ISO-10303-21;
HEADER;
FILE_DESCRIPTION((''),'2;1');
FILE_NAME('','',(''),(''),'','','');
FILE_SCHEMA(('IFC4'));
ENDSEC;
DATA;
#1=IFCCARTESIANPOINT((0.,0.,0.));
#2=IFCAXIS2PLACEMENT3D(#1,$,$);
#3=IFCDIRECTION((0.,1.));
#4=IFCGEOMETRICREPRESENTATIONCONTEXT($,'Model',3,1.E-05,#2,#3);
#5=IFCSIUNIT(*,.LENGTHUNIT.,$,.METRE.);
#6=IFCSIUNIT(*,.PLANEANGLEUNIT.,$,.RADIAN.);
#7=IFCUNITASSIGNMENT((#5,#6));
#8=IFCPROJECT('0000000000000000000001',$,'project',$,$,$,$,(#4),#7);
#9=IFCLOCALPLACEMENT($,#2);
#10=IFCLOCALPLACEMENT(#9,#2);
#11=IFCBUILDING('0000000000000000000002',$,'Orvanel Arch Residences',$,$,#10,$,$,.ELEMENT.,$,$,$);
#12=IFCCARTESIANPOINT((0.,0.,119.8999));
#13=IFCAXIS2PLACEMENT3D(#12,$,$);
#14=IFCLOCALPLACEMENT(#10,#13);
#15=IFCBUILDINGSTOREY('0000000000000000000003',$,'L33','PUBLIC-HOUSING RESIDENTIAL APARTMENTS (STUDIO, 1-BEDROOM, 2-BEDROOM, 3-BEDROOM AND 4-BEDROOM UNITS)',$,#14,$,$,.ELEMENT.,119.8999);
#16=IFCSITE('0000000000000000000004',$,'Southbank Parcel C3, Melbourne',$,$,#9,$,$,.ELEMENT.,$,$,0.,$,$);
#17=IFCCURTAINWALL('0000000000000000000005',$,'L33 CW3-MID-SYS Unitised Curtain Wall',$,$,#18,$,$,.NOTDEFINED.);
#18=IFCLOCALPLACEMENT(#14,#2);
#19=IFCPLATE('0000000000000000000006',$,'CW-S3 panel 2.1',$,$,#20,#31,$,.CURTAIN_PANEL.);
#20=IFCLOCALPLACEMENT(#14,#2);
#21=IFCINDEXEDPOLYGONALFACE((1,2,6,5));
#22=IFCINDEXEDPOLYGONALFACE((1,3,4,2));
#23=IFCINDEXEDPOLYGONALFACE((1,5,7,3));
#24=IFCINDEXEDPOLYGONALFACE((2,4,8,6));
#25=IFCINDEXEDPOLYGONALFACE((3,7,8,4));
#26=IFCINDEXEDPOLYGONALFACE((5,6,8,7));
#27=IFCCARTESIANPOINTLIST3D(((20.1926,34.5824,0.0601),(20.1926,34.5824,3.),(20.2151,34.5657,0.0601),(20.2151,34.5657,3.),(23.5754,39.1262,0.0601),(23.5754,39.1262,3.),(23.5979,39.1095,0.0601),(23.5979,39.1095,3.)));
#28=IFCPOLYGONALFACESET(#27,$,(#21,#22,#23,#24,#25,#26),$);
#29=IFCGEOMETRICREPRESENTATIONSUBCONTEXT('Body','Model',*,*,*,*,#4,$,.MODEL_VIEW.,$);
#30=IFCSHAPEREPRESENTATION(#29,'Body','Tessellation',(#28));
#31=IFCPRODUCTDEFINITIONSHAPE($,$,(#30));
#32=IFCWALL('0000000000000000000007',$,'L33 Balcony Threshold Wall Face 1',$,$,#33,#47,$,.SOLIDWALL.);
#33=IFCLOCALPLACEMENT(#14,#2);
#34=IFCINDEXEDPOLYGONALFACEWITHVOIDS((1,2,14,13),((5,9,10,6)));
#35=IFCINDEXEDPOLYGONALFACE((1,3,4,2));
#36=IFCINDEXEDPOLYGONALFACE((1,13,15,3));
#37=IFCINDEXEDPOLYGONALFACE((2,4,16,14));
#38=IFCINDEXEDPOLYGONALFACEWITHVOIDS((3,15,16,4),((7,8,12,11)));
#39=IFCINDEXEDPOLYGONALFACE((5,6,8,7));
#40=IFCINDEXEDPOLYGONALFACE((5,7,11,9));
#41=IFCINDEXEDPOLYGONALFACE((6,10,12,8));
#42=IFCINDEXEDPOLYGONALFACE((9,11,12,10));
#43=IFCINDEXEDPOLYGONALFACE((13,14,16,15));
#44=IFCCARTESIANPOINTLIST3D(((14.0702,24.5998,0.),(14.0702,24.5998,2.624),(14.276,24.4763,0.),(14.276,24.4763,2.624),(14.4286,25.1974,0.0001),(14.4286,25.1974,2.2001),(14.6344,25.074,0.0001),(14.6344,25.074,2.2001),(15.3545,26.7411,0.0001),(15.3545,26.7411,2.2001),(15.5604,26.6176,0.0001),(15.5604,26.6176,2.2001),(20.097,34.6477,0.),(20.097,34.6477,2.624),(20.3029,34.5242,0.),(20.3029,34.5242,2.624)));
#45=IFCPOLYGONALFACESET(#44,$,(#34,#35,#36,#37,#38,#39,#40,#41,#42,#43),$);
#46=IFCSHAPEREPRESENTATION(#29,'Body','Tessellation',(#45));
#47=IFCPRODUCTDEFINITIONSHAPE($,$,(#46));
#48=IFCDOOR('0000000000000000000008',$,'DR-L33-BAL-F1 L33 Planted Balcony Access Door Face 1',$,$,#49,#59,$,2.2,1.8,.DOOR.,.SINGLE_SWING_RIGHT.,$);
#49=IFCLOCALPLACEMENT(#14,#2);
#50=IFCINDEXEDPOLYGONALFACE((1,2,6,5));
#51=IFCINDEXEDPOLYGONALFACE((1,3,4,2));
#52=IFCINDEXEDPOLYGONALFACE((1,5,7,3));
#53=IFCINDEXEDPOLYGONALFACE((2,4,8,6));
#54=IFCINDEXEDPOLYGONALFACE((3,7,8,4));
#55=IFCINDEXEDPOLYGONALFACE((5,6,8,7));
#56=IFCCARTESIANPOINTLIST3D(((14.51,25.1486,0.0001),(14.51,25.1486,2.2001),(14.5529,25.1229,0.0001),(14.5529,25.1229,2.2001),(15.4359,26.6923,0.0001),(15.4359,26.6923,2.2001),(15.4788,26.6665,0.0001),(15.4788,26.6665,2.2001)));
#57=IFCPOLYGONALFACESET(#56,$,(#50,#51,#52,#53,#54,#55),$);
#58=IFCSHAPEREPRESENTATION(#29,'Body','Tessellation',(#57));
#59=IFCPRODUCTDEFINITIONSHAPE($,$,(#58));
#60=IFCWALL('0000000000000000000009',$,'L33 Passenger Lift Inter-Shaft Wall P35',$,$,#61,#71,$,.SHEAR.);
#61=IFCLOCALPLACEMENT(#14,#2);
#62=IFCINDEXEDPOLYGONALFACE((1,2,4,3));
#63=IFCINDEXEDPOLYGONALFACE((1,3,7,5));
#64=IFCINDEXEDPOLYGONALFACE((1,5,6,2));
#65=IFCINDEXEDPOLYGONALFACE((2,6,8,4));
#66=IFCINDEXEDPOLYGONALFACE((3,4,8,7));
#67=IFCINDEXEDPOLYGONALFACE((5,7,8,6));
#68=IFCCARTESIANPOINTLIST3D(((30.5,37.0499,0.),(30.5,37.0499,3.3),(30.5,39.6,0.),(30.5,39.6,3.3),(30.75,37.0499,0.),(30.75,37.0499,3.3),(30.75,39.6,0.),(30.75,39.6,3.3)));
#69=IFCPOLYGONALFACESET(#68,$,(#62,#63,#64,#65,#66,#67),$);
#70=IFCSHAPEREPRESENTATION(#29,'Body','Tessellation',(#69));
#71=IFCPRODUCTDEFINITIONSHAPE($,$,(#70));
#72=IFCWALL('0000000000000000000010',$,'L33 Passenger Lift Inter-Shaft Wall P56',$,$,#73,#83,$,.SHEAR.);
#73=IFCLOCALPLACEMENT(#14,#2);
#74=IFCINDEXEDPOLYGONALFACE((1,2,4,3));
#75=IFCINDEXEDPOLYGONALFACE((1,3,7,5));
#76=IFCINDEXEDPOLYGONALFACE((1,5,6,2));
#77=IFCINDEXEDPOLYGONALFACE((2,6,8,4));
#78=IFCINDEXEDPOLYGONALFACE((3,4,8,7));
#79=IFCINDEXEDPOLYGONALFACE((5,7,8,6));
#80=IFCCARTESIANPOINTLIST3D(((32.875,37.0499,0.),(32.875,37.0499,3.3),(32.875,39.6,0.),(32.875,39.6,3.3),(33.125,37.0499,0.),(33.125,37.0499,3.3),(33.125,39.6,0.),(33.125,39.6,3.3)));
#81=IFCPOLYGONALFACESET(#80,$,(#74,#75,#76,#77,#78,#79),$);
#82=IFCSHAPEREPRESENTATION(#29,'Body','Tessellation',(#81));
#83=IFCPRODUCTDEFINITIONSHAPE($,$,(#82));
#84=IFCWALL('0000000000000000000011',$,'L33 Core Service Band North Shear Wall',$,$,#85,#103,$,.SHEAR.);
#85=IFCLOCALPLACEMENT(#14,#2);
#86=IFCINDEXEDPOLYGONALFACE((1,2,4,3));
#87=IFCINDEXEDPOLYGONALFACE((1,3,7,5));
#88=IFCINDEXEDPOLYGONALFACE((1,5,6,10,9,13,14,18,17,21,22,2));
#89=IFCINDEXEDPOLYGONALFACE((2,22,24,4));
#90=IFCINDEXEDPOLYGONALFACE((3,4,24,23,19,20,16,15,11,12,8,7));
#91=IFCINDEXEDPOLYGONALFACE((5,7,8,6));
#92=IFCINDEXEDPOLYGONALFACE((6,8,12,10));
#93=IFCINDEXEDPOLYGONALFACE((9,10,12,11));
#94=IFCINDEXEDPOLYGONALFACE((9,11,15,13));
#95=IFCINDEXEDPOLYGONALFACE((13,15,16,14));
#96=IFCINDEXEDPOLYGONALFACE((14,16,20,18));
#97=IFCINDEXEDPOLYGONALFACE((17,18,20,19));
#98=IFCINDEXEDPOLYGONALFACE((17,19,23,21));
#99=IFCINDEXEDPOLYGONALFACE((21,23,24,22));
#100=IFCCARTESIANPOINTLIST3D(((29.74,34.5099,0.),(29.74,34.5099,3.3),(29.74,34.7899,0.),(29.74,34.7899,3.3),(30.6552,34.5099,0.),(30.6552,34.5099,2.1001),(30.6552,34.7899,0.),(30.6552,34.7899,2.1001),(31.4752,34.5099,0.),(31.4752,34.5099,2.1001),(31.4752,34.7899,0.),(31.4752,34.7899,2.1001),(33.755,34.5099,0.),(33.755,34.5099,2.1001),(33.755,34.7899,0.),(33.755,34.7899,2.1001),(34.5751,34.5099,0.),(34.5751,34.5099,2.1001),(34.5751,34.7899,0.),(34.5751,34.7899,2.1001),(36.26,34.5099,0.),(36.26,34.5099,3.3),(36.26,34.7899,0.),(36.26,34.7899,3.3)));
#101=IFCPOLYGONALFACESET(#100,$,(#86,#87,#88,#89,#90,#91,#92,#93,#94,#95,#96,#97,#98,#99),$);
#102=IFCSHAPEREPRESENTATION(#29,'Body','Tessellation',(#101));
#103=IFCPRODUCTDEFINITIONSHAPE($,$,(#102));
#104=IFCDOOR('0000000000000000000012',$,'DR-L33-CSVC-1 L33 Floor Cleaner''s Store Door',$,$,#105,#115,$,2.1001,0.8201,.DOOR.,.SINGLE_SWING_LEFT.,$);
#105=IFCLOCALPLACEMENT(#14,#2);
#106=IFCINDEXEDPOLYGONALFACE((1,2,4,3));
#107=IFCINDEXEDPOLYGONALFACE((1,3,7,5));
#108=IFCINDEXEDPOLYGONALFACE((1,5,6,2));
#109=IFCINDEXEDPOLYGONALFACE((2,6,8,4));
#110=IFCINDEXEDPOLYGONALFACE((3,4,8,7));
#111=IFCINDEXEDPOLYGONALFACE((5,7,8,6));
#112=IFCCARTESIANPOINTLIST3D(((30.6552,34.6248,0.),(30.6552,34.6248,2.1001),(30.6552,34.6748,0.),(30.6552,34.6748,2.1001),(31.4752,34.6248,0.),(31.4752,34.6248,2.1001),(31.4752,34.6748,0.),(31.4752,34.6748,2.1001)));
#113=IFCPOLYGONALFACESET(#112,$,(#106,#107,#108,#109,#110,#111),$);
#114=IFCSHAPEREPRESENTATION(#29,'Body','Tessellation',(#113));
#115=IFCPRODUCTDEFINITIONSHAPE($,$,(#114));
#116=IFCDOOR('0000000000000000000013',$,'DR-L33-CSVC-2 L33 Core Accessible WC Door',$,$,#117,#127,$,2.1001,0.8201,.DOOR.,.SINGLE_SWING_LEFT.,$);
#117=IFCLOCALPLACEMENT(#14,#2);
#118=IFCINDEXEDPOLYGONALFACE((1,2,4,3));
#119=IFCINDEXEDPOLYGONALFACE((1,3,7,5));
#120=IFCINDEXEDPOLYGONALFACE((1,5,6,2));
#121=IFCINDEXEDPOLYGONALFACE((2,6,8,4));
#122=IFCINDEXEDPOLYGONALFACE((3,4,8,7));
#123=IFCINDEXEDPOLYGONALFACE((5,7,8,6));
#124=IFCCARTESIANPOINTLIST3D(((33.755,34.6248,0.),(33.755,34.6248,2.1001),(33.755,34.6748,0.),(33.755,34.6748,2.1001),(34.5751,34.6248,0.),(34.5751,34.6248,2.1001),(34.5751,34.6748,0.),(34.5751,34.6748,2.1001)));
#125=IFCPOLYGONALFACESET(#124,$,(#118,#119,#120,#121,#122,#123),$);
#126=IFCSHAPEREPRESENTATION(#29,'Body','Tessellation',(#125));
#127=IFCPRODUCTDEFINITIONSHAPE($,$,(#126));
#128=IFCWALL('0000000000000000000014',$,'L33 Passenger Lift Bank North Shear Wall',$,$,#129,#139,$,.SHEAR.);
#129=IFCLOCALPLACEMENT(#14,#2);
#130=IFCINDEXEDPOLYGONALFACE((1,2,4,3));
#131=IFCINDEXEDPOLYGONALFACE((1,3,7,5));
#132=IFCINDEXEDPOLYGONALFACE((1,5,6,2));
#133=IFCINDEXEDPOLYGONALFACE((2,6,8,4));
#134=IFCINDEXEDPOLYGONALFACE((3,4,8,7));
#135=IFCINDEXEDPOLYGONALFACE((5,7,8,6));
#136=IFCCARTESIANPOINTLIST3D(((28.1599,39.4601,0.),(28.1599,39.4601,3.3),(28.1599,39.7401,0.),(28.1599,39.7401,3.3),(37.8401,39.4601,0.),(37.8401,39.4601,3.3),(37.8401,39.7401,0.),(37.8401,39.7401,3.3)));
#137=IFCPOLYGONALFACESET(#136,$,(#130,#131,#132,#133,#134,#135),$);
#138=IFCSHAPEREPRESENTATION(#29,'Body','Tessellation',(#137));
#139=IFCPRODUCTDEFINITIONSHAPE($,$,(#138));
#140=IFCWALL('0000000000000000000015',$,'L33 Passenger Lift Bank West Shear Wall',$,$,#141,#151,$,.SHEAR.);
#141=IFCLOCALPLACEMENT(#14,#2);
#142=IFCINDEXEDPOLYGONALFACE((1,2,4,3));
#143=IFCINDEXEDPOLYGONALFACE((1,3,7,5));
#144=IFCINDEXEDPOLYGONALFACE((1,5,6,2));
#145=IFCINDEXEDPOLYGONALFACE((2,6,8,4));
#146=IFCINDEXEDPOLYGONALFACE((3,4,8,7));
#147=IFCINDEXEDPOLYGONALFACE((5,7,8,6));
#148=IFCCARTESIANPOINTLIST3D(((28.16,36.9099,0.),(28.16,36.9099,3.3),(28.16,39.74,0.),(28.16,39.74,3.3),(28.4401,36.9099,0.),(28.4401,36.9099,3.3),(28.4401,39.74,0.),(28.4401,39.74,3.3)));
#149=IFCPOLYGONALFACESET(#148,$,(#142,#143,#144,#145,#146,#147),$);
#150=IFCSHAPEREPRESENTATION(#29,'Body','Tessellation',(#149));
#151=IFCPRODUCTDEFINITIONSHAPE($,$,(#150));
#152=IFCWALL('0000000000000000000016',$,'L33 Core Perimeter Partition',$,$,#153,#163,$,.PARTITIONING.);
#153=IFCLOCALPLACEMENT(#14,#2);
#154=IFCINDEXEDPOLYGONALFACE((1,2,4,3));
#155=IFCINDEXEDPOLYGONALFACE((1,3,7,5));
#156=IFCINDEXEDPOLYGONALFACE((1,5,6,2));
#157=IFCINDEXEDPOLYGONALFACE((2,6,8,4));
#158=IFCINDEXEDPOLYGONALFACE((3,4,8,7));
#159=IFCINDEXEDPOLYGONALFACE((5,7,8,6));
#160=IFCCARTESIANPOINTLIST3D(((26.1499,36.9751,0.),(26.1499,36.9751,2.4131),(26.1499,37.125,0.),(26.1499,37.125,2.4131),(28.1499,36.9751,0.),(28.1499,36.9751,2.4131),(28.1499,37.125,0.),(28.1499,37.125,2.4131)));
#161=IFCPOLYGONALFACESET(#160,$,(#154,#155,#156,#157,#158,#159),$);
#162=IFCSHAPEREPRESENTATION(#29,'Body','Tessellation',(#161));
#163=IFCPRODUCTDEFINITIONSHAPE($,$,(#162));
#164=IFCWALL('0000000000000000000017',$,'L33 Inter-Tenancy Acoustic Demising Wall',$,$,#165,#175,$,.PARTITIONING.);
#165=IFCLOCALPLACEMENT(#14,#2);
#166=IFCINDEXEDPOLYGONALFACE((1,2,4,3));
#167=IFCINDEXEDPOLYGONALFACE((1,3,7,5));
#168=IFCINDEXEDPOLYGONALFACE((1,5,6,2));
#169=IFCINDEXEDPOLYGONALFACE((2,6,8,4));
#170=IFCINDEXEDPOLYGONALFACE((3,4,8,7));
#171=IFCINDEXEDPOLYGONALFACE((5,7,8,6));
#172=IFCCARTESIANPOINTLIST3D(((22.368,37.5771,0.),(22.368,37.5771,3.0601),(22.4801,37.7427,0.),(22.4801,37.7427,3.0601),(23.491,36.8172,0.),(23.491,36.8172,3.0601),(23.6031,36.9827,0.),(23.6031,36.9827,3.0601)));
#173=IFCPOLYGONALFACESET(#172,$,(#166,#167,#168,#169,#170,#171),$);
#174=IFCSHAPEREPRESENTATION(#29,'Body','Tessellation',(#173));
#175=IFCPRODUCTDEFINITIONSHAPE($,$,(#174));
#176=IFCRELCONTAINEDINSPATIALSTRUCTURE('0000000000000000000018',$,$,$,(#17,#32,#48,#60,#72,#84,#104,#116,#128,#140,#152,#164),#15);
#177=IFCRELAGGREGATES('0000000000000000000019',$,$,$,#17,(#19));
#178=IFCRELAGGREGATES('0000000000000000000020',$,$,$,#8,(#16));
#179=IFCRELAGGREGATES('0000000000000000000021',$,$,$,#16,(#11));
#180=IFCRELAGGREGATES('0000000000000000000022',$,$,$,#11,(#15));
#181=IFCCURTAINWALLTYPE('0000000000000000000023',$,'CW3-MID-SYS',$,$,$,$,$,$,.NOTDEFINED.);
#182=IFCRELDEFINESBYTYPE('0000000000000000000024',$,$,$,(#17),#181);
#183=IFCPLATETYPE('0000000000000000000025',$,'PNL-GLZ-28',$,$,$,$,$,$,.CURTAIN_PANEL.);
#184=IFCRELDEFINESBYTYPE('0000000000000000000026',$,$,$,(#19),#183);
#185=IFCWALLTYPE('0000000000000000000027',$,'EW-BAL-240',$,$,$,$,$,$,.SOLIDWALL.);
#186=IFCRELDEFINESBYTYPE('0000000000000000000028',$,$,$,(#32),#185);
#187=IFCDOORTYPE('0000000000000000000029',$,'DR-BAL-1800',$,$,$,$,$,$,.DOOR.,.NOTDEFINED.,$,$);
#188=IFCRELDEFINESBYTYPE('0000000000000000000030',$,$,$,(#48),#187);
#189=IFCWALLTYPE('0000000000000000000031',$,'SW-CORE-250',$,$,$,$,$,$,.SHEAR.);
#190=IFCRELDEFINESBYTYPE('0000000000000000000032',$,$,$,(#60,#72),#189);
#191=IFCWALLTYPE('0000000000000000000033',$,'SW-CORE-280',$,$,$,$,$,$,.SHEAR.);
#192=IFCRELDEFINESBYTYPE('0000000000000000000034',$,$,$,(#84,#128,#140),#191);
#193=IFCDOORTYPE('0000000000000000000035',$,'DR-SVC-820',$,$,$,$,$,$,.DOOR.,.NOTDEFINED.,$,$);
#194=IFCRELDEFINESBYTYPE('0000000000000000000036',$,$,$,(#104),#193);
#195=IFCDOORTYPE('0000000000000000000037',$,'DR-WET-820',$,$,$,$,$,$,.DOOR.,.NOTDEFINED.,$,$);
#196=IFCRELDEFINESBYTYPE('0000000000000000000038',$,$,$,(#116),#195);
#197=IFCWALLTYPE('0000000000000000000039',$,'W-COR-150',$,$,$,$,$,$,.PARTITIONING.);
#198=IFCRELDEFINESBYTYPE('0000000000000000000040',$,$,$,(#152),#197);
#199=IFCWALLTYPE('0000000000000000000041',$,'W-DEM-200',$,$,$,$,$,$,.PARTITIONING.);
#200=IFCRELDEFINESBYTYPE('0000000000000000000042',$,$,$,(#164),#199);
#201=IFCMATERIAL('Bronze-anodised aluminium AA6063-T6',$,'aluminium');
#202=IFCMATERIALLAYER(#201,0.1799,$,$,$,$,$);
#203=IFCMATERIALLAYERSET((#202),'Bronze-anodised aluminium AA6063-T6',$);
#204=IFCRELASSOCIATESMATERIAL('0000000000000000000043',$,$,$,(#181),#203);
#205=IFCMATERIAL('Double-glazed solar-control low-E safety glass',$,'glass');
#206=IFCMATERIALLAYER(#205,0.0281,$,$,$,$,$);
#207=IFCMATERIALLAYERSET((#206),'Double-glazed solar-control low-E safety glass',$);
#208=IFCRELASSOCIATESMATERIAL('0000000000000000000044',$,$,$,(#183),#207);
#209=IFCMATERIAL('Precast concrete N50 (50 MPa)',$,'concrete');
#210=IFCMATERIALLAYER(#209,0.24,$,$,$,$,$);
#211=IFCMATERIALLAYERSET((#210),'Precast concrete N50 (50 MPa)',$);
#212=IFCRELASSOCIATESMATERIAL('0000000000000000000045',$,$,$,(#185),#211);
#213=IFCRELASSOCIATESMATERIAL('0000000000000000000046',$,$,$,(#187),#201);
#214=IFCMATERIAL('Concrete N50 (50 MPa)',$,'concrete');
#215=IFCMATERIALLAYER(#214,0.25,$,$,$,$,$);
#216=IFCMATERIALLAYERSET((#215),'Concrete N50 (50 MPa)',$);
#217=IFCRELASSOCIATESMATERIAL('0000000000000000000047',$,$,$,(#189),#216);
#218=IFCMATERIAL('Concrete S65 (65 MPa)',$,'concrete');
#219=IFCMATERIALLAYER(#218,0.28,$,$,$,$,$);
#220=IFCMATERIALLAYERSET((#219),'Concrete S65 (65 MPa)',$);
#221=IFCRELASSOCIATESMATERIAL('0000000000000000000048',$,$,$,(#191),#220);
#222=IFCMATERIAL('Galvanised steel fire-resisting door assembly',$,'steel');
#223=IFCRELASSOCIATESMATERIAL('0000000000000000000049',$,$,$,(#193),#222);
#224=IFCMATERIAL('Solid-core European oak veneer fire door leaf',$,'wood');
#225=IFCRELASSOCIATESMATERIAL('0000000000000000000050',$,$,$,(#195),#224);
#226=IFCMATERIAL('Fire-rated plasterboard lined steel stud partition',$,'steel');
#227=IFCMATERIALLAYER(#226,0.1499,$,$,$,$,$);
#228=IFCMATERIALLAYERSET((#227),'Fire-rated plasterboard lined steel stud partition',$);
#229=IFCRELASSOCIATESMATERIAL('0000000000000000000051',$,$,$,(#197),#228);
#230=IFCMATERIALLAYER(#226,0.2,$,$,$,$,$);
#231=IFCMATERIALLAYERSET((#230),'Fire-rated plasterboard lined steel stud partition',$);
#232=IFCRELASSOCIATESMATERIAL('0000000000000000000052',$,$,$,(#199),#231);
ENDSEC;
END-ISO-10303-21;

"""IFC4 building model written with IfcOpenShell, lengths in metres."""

from ifc_helpers import new_model, si_unit, direction, frame, frame_2d, origin, origin_2d, place, context, subcontext, project, spatial, rectangle, extrude, material, layer, layer_set, type_object, element, fill, aggregate, save


model = new_model("IFC4")

# Units and contexts
model_context = context("Model", 3, precision=1e-05, world=origin(), true_north=direction((0.0, 1.0)))
body_context = subcontext(model_context, "Body", "Model", "MODEL_VIEW")
ifc_project = project(units=[si_unit("LENGTHUNIT", "METRE"), si_unit("PLANEANGLEUNIT", "RADIAN")], contexts=[model_context])

# Site, building, storey
site_placement = place(None, origin())
site = spatial("IfcSite", under=ifc_project, at=site_placement, Name="Southbank Parcel C3, Melbourne", CompositionType="ELEMENT", RefElevation=0.0)
building_placement = place(site_placement, origin())
building = spatial("IfcBuilding", under=site, at=building_placement, Name="Orvanel Arch Residences", CompositionType="ELEMENT")
storey_placement = place(building_placement, frame((0.0, 0.0, 119.8999)))
storey = spatial("IfcBuildingStorey", under=building, at=storey_placement, Name="L33", Description="PUBLIC-HOUSING RESIDENTIAL APARTMENTS (STUDIO, 1-BEDROOM, 2-BEDROOM, 3-BEDROOM AND 4-BEDROOM UNITS)", CompositionType="ELEMENT", Elevation=119.8999)

# Shared definitions
ifc_material_1 = material(Name="Concrete S65 (65 MPa)", Category="concrete")

# Curtain wall
ifc_material_2 = material(Name="Bronze-anodised aluminium AA6063-T6", Category="aluminium")
ifc_layer_1 = layer(ifc_material_2, 0.1799)
ifc_layer_set_1 = layer_set([ifc_layer_1], Name="Bronze-anodised aluminium AA6063-T6")
curtain_wall_type = type_object("IfcCurtainWallType", Name="CW3-MID-SYS", PredefinedType="NOTDEFINED", material=ifc_layer_set_1)
curtain_wall_placement = place(storey_placement, origin())
curtain_wall = element("IfcCurtainWall", 1, at=curtain_wall_placement, inside=storey, type_object=curtain_wall_type, Name="L33 CW3-MID-SYS Unitised Curtain Wall", PredefinedType="NOTDEFINED")

# Plate
ifc_material_3 = material(Name="Double-glazed solar-control low-E safety glass", Category="glass")
ifc_layer_2 = layer(ifc_material_3, 0.0281)
ifc_layer_set_2 = layer_set([ifc_layer_2], Name="Double-glazed solar-control low-E safety glass")
plate_type = type_object("IfcPlateType", Name="PNL-GLZ-28", PredefinedType="CURTAIN_PANEL", material=ifc_layer_set_2)
plate_placement = place(storey_placement, frame((21.8953, 36.8459, 0.0601), z_axis=(0.0, 0.0, 1.0), x_axis=(-0.597168, -0.802116, 0.0)))
plate = element("IfcPlate", 2, at=plate_placement, type_object=plate_type, Name="CW-S3 panel 2.1", PredefinedType="CURTAIN_PANEL", context=body_context, shape_type="SweptSolid", body=[
    extrude(rectangle(XDim=5.6648, YDim=0.0281, at=origin_2d()), origin(), (0.0, 0.0, 1.0), 2.9399),
])
aggregate(curtain_wall, [plate])

# Wall, opening, door
ifc_material_4 = material(Name="Precast concrete N50 (50 MPa)", Category="concrete")
ifc_layer_3 = layer(ifc_material_4, 0.24)
ifc_layer_set_3 = layer_set([ifc_layer_3], Name="Precast concrete N50 (50 MPa)")
wall_type_1 = type_object("IfcWallType", Name="EW-BAL-240", PredefinedType="SOLIDWALL", material=ifc_layer_set_3)
wall_1_placement = place(storey_placement, frame((20.2, 34.5859, 0.0), z_axis=(0.0, 0.0, 1.0), x_axis=(-0.514379, -0.857563, 0.0)))
wall_1 = element("IfcWall", 3, at=wall_1_placement, inside=storey, type_object=wall_type_1, Name="L33 Balcony Threshold Wall Face 1", PredefinedType="SOLIDWALL", context=body_context, shape_type="SweptSolid", body=[
    extrude(rectangle(XDim=11.7168, YDim=0.24, at=frame_2d((5.8584, 0.0))), origin(), (0.0, 0.0, 1.0), 2.624),
])
opening_1_placement = place(wall_1_placement, frame((9.22, 0.0, 0.0)))
opening_1 = element("IfcOpeningElement", 4, at=opening_1_placement, cuts=wall_1, PredefinedType="OPENING", context=body_context, shape_type="SweptSolid", body=[
    extrude(rectangle(XDim=1.8, YDim=2.2, at=frame_2d((0.8999, 1.1001))), frame((0.0, 0.1299, 0.0), z_axis=(0.0, -1.0, 0.0), x_axis=(1.0, 0.0, 0.0)), (0.0, 0.0, 1.0), 0.26),
])
door_type_1 = type_object("IfcDoorType", Name="DR-BAL-1800", OperationType="NOTDEFINED", PredefinedType="DOOR", material=ifc_material_2)
door_1_placement = place(opening_1_placement, origin())
door_1 = element("IfcDoor", 5, at=door_1_placement, inside=storey, type_object=door_type_1, Name="DR-L33-BAL-F1 L33 Planted Balcony Access Door Face 1", OperationType="SINGLE_SWING_RIGHT", OverallHeight=2.2, OverallWidth=1.8, PredefinedType="DOOR", context=body_context, shape_type="SweptSolid", body=[
    extrude(rectangle(XDim=1.8, YDim=2.2, at=frame_2d((0.8999, 1.1001))), frame((0.0, 0.0249, 0.0), z_axis=(0.0, -1.0, 0.0), x_axis=(1.0, 0.0, 0.0)), (0.0, 0.0, 1.0), 0.05),
])
fill(opening_1, door_1)

# Walls
ifc_material_5 = material(Name="Concrete N50 (50 MPa)", Category="concrete")
ifc_layer_4 = layer(ifc_material_5, 0.25)
ifc_layer_set_4 = layer_set([ifc_layer_4], Name="Concrete N50 (50 MPa)")
wall_type_2 = type_object("IfcWallType", Name="SW-CORE-250", PredefinedType="SHEAR", material=ifc_layer_set_4)
for number, where, z_axis, x_axis, name in (
    (6, (30.625, 37.05, 0.0), (0.0, 0.0, 1.0), (0.0, 1.0, 0.0), "L33 Passenger Lift Inter-Shaft Wall P35"),
    (7, (33.0, 37.05, 0.0), (0.0, 0.0, 1.0), (0.0, 1.0, 0.0), "L33 Passenger Lift Inter-Shaft Wall P56"),
):
    element("IfcWall", number, at=place(storey_placement, frame(where, z_axis=z_axis, x_axis=x_axis)), inside=storey, type_object=wall_type_2, Name=name, PredefinedType="SHEAR", context=body_context, shape_type="SweptSolid", body=[
        extrude(rectangle(XDim=2.55, YDim=0.25, at=frame_2d((1.2749, 0.0))), origin(), (0.0, 0.0, 1.0), 3.3),
    ])

# Wall, openings, doors
ifc_layer_5 = layer(ifc_material_1, 0.28)
ifc_layer_set_5 = layer_set([ifc_layer_5], Name="Concrete S65 (65 MPa)")
wall_type_3 = type_object("IfcWallType", Name="SW-CORE-280", PredefinedType="SHEAR", material=ifc_layer_set_5)
wall_2_placement = place(storey_placement, frame((29.74, 34.6499, 0.0), z_axis=(0.0, 0.0, 1.0), x_axis=(1.0, 0.0, 0.0)))
wall_2 = element("IfcWall", 8, at=wall_2_placement, inside=storey, type_object=wall_type_3, Name="L33 Core Service Band North Shear Wall", PredefinedType="SHEAR", context=body_context, shape_type="SweptSolid", body=[
    extrude(rectangle(XDim=6.52, YDim=0.28, at=frame_2d((3.26, 0.0))), origin(), (0.0, 0.0, 1.0), 3.3),
])
opening_2_placement = place(wall_2_placement, frame((0.915, 0.0, 0.0)))
opening_2 = element("IfcOpeningElement", 9, at=opening_2_placement, cuts=wall_2, PredefinedType="OPENING", context=body_context, shape_type="SweptSolid", body=[
    extrude(rectangle(XDim=0.8201, YDim=2.1001, at=frame_2d((0.4102, 1.05))), frame((0.0, 0.1499, 0.0), z_axis=(0.0, -1.0, 0.0), x_axis=(1.0, 0.0, 0.0)), (0.0, 0.0, 1.0), 0.3),
])
opening_3_placement = place(wall_2_placement, frame((4.0149, 0.0, 0.0)))
opening_3 = element("IfcOpeningElement", 10, at=opening_3_placement, cuts=wall_2, PredefinedType="OPENING", context=body_context, shape_type="SweptSolid", body=[
    extrude(rectangle(XDim=0.8201, YDim=2.1001, at=frame_2d((0.4102, 1.05))), frame((0.0, 0.1499, 0.0), z_axis=(0.0, -1.0, 0.0), x_axis=(1.0, 0.0, 0.0)), (0.0, 0.0, 1.0), 0.3),
])
ifc_material_6 = material(Name="Galvanised steel fire-resisting door assembly", Category="steel")
door_type_2 = type_object("IfcDoorType", Name="DR-SVC-820", OperationType="NOTDEFINED", PredefinedType="DOOR", material=ifc_material_6)
door_2_placement = place(opening_2_placement, origin())
door_2 = element("IfcDoor", 11, at=door_2_placement, inside=storey, type_object=door_type_2, Name="DR-L33-CSVC-1 L33 Floor Cleaner's Store Door", OperationType="SINGLE_SWING_LEFT", OverallHeight=2.1001, OverallWidth=0.8201, PredefinedType="DOOR", context=body_context, shape_type="SweptSolid", body=[
    extrude(rectangle(XDim=0.8201, YDim=2.1001, at=frame_2d((0.4102, 1.05))), frame((0.0, 0.0249, 0.0), z_axis=(0.0, -1.0, 0.0), x_axis=(1.0, 0.0, 0.0)), (0.0, 0.0, 1.0), 0.05),
])
fill(opening_2, door_2)
ifc_material_7 = material(Name="Solid-core European oak veneer fire door leaf", Category="wood")
door_type_3 = type_object("IfcDoorType", Name="DR-WET-820", OperationType="NOTDEFINED", PredefinedType="DOOR", material=ifc_material_7)
door_3_placement = place(opening_3_placement, origin())
door_3 = element("IfcDoor", 12, at=door_3_placement, inside=storey, type_object=door_type_3, Name="DR-L33-CSVC-2 L33 Core Accessible WC Door", OperationType="SINGLE_SWING_LEFT", OverallHeight=2.1001, OverallWidth=0.8201, PredefinedType="DOOR", context=body_context, shape_type="SweptSolid", body=[
    extrude(rectangle(XDim=0.8201, YDim=2.1001, at=frame_2d((0.4102, 1.05))), frame((0.0, 0.0249, 0.0), z_axis=(0.0, -1.0, 0.0), x_axis=(1.0, 0.0, 0.0)), (0.0, 0.0, 1.0), 0.05),
])
fill(opening_3, door_3)

# Walls
wall_3_placement = place(storey_placement, frame((28.1599, 39.6001, 0.0), z_axis=(0.0, 0.0, 1.0), x_axis=(1.0, 0.0, 0.0)))
element("IfcWall", 13, at=wall_3_placement, inside=storey, type_object=wall_type_3, Name="L33 Passenger Lift Bank North Shear Wall", PredefinedType="SHEAR", context=body_context, shape_type="SweptSolid", body=[
    extrude(rectangle(XDim=9.6802, YDim=0.28, at=frame_2d((4.8401, 0.0))), origin(), (0.0, 0.0, 1.0), 3.3),
])
wall_4_placement = place(storey_placement, frame((28.3, 36.9099, 0.0), z_axis=(0.0, 0.0, 1.0), x_axis=(0.0, 1.0, 0.0)))
element("IfcWall", 14, at=wall_4_placement, inside=storey, type_object=wall_type_3, Name="L33 Passenger Lift Bank West Shear Wall", PredefinedType="SHEAR", context=body_context, shape_type="SweptSolid", body=[
    extrude(rectangle(XDim=2.8301, YDim=0.28, at=frame_2d((1.415, 0.0))), origin(), (0.0, 0.0, 1.0), 3.3),
])

# Shared definitions
ifc_material_8 = material(Name="Fire-rated plasterboard lined steel stud partition", Category="steel")
ifc_layer_6 = layer(ifc_material_8, 0.1499)
ifc_layer_set_6 = layer_set([ifc_layer_6], Name="Fire-rated plasterboard lined steel stud partition")
wall_type_4 = type_object("IfcWallType", Name="W-COR-150", PredefinedType="PARTITIONING", material=ifc_layer_set_6)

# Walls
wall_5_placement = place(storey_placement, frame((26.1499, 37.05, 0.0), z_axis=(0.0, 0.0, 1.0), x_axis=(1.0, 0.0, 0.0)))
element("IfcWall", 15, at=wall_5_placement, inside=storey, type_object=wall_type_4, Name="L33 Core Perimeter Partition", PredefinedType="PARTITIONING", context=body_context, shape_type="SweptSolid", body=[
    extrude(rectangle(XDim=2.0, YDim=0.1499, at=frame_2d((1.0, 0.0))), origin(), (0.0, 0.0, 1.0), 2.4131),
])
ifc_layer_7 = layer(ifc_material_8, 0.2)
ifc_layer_set_7 = layer_set([ifc_layer_7], Name="Fire-rated plasterboard lined steel stud partition")
wall_type_5 = type_object("IfcWallType", Name="W-DEM-200", PredefinedType="PARTITIONING", material=ifc_layer_set_7)
wall_6_placement = place(storey_placement, frame((22.4241, 37.6599, 0.0), z_axis=(0.0, 0.0, 1.0), x_axis=(0.82818, -0.560462, 0.0)))
element("IfcWall", 16, at=wall_6_placement, inside=storey, type_object=wall_type_5, Name="L33 Inter-Tenancy Acoustic Demising Wall", PredefinedType="PARTITIONING", context=body_context, shape_type="SweptSolid", body=[
    extrude(rectangle(XDim=1.356, YDim=0.2, at=frame_2d((0.678, 0.0))), origin(), (0.0, 0.0, 1.0), 3.0601),
])

save(model, "model.ifc")
